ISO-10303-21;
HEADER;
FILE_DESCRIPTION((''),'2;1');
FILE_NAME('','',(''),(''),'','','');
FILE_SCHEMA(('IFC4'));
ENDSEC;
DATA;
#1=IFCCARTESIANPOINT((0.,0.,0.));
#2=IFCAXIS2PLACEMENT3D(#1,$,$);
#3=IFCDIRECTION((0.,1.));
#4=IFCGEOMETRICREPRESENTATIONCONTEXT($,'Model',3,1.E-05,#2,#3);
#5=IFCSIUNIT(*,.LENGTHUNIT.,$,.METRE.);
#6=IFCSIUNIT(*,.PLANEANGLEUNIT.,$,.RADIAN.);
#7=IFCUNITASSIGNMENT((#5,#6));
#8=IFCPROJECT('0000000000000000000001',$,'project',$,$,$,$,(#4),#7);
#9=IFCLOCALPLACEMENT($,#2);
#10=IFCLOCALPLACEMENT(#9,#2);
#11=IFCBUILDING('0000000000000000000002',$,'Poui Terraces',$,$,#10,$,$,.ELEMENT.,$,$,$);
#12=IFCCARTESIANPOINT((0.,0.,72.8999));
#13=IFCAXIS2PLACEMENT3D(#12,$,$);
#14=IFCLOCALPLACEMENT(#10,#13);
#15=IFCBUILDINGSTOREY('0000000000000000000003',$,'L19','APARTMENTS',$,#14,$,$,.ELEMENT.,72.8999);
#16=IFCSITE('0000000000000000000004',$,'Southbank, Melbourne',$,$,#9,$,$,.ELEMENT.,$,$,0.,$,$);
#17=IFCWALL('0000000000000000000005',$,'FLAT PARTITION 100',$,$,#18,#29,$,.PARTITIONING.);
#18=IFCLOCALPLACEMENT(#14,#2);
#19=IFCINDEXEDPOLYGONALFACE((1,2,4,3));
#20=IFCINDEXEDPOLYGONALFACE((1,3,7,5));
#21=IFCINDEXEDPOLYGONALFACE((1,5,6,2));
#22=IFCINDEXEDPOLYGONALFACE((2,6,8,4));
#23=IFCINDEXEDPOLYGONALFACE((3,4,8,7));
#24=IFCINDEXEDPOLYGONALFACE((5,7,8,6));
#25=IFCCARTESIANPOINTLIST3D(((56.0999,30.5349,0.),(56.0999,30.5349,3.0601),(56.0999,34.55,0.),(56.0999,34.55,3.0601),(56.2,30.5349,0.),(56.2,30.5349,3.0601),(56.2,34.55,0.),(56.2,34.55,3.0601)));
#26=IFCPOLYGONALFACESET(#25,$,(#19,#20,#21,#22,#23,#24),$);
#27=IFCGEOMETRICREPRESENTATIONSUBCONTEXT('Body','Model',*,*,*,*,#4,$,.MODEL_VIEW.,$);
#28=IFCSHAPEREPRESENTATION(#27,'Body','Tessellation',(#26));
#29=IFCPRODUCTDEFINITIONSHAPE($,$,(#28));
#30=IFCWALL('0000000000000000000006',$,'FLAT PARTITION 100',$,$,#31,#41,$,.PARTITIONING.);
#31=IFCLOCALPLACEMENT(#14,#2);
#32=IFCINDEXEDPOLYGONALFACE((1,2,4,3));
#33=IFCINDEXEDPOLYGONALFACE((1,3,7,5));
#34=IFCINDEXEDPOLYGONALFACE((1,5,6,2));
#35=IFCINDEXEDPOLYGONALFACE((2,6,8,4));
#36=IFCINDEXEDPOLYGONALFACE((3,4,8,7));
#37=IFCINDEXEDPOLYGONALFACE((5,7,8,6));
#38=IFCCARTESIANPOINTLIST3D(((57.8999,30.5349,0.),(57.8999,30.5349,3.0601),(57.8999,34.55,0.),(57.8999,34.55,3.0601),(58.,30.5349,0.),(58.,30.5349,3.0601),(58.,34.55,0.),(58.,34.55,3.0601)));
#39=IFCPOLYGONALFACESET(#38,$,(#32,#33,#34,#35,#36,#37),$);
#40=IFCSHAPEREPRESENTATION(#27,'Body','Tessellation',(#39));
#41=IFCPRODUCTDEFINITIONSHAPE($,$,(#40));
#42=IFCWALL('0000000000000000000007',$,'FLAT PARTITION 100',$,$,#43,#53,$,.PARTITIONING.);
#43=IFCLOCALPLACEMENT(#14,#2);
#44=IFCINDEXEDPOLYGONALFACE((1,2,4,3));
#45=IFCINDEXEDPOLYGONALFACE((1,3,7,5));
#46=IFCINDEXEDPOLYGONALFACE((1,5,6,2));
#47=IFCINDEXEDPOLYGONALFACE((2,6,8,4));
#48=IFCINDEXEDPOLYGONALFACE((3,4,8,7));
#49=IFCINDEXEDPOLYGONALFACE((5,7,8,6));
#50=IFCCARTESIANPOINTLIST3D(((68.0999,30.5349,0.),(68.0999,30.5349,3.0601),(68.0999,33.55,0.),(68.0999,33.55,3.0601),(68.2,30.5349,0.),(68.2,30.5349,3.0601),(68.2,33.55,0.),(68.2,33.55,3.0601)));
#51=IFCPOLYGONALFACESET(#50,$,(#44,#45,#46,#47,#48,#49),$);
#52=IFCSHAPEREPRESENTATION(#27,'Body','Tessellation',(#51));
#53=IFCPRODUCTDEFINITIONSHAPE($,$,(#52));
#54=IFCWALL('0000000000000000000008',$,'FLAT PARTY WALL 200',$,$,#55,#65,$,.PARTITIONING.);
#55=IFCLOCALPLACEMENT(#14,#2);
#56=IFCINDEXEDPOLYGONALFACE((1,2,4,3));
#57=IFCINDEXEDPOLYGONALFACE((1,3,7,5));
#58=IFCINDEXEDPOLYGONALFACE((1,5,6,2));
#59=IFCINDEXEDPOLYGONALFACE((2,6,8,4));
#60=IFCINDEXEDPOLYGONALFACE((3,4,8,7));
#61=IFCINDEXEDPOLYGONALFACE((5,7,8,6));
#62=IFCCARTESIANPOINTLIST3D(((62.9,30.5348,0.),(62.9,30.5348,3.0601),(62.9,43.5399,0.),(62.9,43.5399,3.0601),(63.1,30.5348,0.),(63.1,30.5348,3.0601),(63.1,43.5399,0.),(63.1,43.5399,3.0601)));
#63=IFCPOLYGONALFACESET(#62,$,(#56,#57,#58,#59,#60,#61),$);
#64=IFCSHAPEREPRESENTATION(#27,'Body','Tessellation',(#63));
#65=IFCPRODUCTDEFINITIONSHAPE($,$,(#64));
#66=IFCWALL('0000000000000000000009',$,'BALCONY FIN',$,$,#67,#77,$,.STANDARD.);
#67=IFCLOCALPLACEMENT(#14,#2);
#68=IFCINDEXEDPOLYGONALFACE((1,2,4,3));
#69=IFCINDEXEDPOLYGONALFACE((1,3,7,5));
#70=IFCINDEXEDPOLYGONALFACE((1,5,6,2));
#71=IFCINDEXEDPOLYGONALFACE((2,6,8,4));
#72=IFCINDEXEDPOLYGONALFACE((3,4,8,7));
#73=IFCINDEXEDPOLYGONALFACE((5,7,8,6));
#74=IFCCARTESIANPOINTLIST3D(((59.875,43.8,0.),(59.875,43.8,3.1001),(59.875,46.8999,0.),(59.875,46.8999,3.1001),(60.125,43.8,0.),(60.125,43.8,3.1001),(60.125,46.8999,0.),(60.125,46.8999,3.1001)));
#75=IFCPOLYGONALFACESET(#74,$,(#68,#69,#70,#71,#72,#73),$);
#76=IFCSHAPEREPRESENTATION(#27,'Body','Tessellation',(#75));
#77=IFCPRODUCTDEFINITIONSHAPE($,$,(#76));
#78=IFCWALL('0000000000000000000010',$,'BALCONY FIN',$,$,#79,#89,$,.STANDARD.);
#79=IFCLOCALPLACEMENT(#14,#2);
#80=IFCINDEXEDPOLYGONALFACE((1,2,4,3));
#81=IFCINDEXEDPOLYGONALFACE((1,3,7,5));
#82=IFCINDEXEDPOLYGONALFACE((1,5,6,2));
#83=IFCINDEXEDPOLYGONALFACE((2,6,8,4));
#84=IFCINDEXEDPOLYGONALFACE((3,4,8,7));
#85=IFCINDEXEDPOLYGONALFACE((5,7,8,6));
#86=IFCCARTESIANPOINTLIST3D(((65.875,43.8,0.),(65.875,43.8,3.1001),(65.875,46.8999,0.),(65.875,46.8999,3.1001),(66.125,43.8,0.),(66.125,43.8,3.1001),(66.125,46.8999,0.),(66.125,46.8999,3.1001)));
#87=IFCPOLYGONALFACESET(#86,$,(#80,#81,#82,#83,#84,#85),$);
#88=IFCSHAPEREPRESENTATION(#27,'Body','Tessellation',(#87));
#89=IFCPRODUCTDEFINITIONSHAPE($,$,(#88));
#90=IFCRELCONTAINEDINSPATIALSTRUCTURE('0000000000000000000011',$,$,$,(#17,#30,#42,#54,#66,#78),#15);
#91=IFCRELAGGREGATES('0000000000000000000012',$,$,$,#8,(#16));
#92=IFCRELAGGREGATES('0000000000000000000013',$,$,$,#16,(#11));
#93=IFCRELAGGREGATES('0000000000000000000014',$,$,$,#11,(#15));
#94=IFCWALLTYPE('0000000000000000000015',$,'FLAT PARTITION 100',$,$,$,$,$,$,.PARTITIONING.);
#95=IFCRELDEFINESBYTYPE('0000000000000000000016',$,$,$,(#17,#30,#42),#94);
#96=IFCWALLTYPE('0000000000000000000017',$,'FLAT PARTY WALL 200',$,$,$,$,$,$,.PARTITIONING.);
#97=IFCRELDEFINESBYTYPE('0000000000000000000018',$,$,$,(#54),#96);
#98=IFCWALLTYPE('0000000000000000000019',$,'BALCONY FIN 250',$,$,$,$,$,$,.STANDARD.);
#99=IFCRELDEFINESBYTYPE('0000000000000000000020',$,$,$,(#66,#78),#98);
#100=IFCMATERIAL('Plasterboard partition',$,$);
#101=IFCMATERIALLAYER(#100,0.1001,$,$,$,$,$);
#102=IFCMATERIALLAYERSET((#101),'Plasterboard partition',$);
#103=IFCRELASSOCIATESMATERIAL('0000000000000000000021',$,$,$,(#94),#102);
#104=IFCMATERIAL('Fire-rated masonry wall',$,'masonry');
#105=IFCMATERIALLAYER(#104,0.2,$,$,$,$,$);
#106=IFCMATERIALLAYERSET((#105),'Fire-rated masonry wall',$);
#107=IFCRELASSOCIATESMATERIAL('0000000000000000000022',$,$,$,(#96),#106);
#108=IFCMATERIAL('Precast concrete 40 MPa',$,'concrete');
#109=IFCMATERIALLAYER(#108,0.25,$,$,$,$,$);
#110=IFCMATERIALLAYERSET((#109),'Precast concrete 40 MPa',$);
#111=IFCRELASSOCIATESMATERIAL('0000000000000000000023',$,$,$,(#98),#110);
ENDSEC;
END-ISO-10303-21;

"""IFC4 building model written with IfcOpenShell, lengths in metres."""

from ifc_helpers import new_model, si_unit, direction, frame, frame_2d, origin, place, context, subcontext, project, spatial, polyline, rectangle, outline, extrude, source, transform, mapped, material, layer, layer_set, type_object, element, save


model = new_model("IFC4")

# Units and contexts
model_context = context("Model", 3, precision=1e-05, world=origin(), true_north=direction((0.0, 1.0)))
body_context = subcontext(model_context, "Body", "Model", "MODEL_VIEW")
ifc_project = project(units=[si_unit("LENGTHUNIT", "METRE"), si_unit("PLANEANGLEUNIT", "RADIAN")], contexts=[model_context])

# Site, building, storey
site_placement = place(None, origin())
site = spatial("IfcSite", under=ifc_project, at=site_placement, Name="Southbank, Melbourne", CompositionType="ELEMENT", RefElevation=0.0)
building_placement = place(site_placement, origin())
building = spatial("IfcBuilding", under=site, at=building_placement, Name="Poui Terraces", CompositionType="ELEMENT")
storey_placement = place(building_placement, frame((0.0, 0.0, 72.8999)))
storey = spatial("IfcBuildingStorey", under=building, at=storey_placement, Name="L19", Description="APARTMENTS", CompositionType="ELEMENT", Elevation=72.8999)

# Shared definitions
ifc_material_1 = material(Name="Plasterboard partition")
ifc_layer_1 = layer(ifc_material_1, 0.1001)
ifc_layer_set_1 = layer_set([ifc_layer_1], Name="Plasterboard partition")
wall_type_1 = type_object("IfcWallType", Name="FLAT PARTITION 100", PredefinedType="PARTITIONING", material=ifc_layer_set_1)

# Walls
for number, where, z_axis, x_axis, name in (
    (1, (56.1499, 30.5349, 0.0), (0.0, 0.0, 1.0), (0.0, 1.0, 0.0), "FLAT PARTITION 100"),
    (2, (57.95, 30.5349, 0.0), (0.0, 0.0, 1.0), (0.0, 1.0, 0.0), "FLAT PARTITION 100"),
):
    element("IfcWall", number, at=place(storey_placement, frame(where, z_axis=z_axis, x_axis=x_axis)), inside=storey, type_object=wall_type_1, Name=name, PredefinedType="PARTITIONING", context=body_context, shape_type="SweptSolid", body=[
        extrude(rectangle(XDim=4.0151, YDim=0.1001, at=frame_2d((2.0076, 0.0))), origin(), (0.0, 0.0, 1.0), 3.0601),
    ])
wall_1_placement = place(storey_placement, frame((68.1499, 30.5349, 0.0), z_axis=(0.0, 0.0, 1.0), x_axis=(0.0, 1.0, 0.0)))
element("IfcWall", 3, at=wall_1_placement, inside=storey, type_object=wall_type_1, Name="FLAT PARTITION 100", PredefinedType="PARTITIONING", context=body_context, shape_type="SweptSolid", body=[
    extrude(rectangle(XDim=3.0151, YDim=0.1001, at=frame_2d((1.5076, 0.0))), origin(), (0.0, 0.0, 1.0), 3.0601),
])
ifc_material_2 = material(Name="Fire-rated masonry wall", Category="masonry")
ifc_layer_2 = layer(ifc_material_2, 0.2)
ifc_layer_set_2 = layer_set([ifc_layer_2], Name="Fire-rated masonry wall")
wall_type_2 = type_object("IfcWallType", Name="FLAT PARTY WALL 200", PredefinedType="PARTITIONING", material=ifc_layer_set_2)
wall_2_placement = place(storey_placement, frame((63.0, 30.5349, 0.0), z_axis=(0.0, 0.0, 1.0), x_axis=(0.0, 1.0, 0.0)))
element("IfcWall", 4, at=wall_2_placement, inside=storey, type_object=wall_type_2, Name="FLAT PARTY WALL 200", PredefinedType="PARTITIONING", context=body_context, shape_type="SweptSolid", body=[
    extrude(rectangle(XDim=13.0051, YDim=0.2, at=frame_2d((6.5024, 0.0))), origin(), (0.0, 0.0, 1.0), 3.0601),
])
ifc_material_3 = material(Name="Precast concrete 40 MPa", Category="concrete")
ifc_layer_3 = layer(ifc_material_3, 0.25)
ifc_layer_set_3 = layer_set([ifc_layer_3], Name="Precast concrete 40 MPa")
wall_type_3 = type_object("IfcWallType", Name="BALCONY FIN 250", PredefinedType="STANDARD", material=ifc_layer_set_3)
shared_shape_1 = source(origin(), body_context, "Body", "SweptSolid", [
    extrude(outline(polyline([(0.0, 0.0), (0.25, 0.0), (0.25, 3.0999), (0.0, 3.0999), (0.0, 0.0)])), origin(), (0.0, 0.0, 1.0), 3.1001),
])
for number, where, name in (
    (5, (59.875, 43.8, 0.0), "BALCONY FIN"),
    (6, (65.875, 43.8, 0.0), "BALCONY FIN"),
):
    element("IfcWall", number, at=place(storey_placement, frame(where)), inside=storey, type_object=wall_type_3, Name=name, PredefinedType="STANDARD", context=body_context, shape_type="MappedRepresentation", body=[
        mapped(shared_shape_1, transform((0.0, 0.0, 0.0))),
    ])

save(model, "model.ifc")
